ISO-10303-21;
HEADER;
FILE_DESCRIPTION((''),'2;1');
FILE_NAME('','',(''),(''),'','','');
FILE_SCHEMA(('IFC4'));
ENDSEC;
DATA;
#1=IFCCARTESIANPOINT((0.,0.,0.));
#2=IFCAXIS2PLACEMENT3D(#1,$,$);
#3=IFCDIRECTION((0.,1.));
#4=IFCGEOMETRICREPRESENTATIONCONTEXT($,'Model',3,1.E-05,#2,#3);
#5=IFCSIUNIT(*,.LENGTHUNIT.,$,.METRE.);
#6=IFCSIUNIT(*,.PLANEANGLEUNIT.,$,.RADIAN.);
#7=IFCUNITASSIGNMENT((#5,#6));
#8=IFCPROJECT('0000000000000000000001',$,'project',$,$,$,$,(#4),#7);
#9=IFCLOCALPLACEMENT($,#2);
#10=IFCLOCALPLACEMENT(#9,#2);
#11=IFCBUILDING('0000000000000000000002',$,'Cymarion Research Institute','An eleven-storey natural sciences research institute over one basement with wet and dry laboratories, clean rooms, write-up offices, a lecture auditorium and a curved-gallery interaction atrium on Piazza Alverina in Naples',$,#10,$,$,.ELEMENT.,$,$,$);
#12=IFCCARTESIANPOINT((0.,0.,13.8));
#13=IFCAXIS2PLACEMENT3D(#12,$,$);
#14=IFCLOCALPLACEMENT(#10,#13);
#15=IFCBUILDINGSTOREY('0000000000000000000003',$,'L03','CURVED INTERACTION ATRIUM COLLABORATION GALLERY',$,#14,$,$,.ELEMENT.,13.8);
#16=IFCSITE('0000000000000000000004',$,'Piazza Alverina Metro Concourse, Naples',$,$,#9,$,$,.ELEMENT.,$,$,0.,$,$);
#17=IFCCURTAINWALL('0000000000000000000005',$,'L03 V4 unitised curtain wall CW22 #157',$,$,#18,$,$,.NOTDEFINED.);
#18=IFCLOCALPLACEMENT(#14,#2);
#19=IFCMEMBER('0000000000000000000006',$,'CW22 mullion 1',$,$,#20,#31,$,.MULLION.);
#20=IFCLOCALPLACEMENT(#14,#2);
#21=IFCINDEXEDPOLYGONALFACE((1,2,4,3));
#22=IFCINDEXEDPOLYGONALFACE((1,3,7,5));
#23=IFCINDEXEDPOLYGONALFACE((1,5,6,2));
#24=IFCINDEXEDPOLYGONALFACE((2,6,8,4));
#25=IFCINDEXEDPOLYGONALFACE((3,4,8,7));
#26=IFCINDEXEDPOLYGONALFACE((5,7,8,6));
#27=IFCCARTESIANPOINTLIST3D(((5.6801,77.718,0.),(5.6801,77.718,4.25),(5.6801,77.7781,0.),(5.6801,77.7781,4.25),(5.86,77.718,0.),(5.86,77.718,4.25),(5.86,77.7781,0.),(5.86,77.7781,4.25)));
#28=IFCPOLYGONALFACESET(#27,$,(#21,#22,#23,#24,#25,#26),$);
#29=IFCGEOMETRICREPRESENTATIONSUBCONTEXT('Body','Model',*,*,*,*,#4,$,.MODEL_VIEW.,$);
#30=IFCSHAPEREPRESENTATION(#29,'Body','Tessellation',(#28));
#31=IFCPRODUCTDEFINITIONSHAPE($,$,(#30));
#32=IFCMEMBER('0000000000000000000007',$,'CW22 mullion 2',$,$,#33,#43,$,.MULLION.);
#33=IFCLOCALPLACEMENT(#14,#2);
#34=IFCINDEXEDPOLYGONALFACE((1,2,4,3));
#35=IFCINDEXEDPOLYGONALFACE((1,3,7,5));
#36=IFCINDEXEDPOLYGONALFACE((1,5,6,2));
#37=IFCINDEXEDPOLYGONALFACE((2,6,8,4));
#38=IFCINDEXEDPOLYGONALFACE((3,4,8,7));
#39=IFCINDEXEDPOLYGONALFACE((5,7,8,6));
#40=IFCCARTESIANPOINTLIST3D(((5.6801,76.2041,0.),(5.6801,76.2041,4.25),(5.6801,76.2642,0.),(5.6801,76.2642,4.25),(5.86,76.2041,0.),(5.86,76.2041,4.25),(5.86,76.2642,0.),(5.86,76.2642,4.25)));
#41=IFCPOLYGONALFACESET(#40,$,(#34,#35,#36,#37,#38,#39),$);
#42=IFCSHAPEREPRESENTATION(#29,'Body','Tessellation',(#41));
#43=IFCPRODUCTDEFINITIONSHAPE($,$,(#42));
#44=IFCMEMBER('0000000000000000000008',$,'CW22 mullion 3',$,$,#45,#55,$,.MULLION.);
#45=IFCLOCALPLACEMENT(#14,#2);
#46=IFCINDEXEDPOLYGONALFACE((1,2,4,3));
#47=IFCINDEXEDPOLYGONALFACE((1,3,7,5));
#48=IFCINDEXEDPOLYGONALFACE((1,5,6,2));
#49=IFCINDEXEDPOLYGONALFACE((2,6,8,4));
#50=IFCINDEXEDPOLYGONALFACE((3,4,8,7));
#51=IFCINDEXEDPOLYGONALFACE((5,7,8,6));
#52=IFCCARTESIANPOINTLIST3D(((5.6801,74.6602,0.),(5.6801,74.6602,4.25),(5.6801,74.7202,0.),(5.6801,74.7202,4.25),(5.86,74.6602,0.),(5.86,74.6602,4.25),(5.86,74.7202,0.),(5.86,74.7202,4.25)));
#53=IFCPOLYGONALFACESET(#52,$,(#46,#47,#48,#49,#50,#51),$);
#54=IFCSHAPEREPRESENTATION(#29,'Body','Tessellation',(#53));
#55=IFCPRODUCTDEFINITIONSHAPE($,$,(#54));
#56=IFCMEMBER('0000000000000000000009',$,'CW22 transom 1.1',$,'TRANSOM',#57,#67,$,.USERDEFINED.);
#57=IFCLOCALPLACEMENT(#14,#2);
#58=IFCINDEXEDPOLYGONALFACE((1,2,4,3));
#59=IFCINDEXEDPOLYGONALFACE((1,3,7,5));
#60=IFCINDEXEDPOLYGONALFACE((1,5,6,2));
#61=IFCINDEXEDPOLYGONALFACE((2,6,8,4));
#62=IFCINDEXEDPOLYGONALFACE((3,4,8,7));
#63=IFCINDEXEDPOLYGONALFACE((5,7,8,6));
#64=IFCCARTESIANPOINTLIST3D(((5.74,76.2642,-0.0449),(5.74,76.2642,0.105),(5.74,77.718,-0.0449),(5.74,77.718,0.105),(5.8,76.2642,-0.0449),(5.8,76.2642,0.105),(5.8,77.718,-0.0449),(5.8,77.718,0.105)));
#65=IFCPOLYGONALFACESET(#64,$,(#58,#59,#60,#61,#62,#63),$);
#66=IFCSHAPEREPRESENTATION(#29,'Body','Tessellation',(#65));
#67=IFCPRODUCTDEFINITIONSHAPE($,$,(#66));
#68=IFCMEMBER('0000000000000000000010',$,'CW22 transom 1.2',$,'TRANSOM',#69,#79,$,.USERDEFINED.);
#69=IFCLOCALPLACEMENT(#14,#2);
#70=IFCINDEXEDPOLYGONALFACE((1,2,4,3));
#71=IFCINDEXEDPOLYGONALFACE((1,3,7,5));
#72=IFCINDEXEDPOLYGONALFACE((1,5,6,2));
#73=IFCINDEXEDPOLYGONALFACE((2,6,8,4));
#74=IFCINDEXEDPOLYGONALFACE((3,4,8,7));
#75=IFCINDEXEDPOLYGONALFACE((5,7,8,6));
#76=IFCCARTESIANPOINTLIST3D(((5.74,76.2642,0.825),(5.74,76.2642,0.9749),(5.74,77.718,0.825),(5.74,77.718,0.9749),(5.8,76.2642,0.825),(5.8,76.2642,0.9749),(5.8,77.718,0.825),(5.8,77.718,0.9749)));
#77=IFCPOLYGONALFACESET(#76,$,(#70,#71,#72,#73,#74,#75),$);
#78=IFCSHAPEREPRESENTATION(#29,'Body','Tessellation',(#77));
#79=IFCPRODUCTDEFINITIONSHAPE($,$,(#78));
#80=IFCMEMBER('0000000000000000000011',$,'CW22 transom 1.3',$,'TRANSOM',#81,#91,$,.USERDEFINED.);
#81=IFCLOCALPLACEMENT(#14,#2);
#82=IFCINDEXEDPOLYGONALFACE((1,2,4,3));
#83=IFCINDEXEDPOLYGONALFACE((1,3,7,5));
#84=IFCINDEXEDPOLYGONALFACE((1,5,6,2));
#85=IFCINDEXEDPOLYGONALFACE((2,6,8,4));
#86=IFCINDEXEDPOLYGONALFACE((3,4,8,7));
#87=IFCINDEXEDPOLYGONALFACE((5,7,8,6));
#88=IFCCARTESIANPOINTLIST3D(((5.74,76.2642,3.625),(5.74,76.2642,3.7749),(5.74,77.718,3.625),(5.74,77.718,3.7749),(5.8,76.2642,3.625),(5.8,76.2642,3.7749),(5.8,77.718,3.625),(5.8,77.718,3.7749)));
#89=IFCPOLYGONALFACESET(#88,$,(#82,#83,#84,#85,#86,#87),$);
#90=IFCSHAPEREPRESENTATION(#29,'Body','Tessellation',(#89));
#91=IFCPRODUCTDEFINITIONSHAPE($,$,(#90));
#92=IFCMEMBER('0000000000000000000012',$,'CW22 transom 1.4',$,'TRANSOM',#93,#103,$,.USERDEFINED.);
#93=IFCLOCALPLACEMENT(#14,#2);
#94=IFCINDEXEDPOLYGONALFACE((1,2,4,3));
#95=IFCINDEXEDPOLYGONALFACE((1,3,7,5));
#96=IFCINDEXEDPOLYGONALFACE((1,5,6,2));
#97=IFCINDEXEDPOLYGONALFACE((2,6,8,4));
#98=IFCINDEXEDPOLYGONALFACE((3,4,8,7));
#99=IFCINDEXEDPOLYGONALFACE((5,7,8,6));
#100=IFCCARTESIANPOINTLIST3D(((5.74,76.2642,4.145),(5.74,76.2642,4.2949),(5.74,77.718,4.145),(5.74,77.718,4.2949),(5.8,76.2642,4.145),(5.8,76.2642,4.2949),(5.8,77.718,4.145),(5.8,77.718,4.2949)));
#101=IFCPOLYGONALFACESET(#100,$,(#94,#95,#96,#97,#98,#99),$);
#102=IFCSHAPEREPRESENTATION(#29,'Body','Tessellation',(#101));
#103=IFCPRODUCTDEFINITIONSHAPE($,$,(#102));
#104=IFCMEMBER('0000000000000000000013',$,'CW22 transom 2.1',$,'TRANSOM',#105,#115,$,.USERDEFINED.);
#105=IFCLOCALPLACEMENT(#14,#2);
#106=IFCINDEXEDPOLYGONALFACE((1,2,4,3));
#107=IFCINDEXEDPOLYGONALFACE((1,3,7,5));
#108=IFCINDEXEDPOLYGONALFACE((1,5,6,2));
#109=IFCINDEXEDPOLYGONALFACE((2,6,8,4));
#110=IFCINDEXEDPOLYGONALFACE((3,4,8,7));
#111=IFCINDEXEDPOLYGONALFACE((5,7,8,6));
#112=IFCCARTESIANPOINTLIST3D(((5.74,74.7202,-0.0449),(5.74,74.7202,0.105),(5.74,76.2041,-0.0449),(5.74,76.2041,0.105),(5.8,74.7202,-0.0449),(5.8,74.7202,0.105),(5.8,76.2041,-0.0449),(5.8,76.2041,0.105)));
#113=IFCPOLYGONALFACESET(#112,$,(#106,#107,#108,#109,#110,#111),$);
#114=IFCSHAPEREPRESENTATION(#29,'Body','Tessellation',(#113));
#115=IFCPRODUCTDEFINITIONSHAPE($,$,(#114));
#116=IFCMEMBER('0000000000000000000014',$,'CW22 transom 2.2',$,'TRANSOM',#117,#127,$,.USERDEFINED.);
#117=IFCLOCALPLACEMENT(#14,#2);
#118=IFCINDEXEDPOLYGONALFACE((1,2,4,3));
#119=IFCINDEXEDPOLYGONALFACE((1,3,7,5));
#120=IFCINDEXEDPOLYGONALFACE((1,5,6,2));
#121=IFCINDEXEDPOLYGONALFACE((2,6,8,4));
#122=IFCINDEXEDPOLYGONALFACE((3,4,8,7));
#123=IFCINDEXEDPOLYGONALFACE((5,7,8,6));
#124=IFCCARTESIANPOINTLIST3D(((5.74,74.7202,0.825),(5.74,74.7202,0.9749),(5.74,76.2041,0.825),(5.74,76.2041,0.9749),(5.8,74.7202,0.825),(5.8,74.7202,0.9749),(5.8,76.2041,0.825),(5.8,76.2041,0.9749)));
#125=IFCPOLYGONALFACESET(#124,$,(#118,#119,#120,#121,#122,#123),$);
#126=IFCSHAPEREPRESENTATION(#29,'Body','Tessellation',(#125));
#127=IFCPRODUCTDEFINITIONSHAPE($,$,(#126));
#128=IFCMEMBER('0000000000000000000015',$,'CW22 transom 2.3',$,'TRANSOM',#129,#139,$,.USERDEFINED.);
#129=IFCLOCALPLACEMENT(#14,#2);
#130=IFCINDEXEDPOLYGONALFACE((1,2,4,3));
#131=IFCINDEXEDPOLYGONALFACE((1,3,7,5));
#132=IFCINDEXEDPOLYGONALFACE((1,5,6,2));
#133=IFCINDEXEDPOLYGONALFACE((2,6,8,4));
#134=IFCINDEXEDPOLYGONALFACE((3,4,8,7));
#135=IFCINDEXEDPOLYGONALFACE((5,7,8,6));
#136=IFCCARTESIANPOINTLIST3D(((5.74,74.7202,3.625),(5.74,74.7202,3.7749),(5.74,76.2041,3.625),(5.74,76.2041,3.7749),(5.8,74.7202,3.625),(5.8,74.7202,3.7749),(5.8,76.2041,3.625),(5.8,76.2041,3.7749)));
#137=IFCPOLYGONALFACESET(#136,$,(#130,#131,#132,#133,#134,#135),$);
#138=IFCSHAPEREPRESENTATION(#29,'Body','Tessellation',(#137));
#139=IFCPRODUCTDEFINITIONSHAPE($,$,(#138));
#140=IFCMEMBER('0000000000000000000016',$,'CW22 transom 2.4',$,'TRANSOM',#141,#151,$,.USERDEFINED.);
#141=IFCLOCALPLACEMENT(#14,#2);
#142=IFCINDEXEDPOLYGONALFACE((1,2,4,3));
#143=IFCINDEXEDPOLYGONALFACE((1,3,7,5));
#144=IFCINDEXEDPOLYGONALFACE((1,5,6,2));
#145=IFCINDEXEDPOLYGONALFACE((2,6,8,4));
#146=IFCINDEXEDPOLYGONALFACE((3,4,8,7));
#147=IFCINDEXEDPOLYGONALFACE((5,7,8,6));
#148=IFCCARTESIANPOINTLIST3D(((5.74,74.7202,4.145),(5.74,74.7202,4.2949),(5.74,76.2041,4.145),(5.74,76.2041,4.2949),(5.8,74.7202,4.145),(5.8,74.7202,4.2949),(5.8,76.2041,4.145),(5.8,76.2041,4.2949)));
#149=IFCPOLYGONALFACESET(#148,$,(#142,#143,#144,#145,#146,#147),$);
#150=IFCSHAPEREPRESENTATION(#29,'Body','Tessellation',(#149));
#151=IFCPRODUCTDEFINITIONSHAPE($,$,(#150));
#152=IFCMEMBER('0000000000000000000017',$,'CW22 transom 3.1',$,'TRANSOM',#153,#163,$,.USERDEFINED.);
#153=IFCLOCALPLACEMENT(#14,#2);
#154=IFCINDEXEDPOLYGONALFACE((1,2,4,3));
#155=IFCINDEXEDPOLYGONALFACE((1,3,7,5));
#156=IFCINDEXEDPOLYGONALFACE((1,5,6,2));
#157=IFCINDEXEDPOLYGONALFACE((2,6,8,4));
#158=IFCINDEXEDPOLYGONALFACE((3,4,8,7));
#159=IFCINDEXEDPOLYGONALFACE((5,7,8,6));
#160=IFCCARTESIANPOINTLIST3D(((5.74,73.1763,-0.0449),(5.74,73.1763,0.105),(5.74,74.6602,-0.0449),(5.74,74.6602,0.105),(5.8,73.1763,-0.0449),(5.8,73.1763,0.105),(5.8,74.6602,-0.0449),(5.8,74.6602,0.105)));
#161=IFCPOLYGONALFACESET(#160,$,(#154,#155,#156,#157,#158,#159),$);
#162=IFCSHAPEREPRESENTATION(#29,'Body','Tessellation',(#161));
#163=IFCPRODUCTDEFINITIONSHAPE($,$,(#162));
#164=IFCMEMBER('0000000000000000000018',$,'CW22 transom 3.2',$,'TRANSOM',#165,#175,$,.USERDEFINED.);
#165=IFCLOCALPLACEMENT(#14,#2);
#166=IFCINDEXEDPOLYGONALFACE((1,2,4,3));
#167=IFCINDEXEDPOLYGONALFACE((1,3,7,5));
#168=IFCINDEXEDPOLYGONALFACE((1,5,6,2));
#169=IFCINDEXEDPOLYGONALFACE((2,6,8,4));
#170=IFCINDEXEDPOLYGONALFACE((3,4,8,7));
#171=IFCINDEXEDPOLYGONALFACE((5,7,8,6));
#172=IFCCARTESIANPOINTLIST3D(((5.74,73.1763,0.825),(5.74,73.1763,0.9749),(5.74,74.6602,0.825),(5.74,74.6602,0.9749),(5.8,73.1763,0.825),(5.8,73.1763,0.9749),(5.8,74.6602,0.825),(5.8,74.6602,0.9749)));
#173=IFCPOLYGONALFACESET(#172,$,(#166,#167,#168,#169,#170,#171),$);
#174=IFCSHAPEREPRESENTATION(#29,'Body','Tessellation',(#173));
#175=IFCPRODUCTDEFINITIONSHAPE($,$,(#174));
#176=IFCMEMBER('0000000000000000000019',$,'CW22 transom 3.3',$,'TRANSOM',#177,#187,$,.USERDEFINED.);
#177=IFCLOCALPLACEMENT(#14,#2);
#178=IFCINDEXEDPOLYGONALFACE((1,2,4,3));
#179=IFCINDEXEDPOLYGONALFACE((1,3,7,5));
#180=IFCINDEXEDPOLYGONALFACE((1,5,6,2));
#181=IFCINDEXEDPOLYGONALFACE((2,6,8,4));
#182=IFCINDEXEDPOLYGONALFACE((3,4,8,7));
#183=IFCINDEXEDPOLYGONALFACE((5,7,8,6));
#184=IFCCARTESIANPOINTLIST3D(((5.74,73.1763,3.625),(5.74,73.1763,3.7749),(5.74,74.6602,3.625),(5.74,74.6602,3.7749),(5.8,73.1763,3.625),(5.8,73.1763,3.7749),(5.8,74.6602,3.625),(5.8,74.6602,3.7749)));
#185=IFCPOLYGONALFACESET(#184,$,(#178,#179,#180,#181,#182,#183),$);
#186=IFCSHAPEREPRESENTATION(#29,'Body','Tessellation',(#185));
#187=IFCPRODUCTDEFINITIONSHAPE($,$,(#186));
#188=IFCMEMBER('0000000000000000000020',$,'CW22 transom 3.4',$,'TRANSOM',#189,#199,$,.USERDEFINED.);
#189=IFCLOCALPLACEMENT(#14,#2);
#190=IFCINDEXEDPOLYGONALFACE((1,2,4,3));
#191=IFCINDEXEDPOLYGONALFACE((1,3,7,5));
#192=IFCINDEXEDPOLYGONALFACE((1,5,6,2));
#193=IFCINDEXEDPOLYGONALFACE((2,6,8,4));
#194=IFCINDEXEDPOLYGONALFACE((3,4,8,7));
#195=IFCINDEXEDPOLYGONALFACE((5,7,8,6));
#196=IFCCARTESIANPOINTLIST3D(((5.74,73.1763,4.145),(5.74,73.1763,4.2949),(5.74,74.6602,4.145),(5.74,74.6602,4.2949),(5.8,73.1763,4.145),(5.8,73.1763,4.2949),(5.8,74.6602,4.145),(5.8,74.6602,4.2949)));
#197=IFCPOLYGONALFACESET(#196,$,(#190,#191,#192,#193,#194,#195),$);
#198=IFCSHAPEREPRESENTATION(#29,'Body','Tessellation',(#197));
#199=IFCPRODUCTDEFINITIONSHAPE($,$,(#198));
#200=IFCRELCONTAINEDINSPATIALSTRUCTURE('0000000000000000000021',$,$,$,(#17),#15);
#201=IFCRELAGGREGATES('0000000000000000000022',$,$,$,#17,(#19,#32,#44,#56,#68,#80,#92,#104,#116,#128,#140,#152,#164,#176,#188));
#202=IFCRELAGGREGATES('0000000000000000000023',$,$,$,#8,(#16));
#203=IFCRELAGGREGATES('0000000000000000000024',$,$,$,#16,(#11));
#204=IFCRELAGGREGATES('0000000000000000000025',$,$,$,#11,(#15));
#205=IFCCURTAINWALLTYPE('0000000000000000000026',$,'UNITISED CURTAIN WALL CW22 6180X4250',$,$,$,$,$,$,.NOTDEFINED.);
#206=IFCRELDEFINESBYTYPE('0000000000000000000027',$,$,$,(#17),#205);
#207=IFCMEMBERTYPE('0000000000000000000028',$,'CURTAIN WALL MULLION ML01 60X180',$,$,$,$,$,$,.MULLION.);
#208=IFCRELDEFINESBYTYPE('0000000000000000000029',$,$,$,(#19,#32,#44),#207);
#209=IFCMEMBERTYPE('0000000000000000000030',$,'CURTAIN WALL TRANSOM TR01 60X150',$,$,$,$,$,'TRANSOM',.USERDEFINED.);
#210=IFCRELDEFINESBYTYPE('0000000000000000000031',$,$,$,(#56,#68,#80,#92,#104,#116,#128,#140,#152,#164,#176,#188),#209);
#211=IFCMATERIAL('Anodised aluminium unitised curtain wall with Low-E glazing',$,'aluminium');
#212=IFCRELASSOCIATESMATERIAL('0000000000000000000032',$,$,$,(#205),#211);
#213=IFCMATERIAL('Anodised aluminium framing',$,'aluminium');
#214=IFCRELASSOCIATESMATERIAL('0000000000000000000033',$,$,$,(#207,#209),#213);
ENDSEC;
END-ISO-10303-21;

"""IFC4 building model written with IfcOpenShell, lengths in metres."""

from ifc_helpers import new_model, si_unit, direction, frame, origin, origin_2d, place, context, subcontext, project, spatial, rectangle, extrude, material, material_profile, profile_set, type_object, element, aggregate, save


model = new_model("IFC4")

# Units and contexts
model_context = context("Model", 3, precision=1e-05, world=origin(), true_north=direction((0.0, 1.0)))
body_context = subcontext(model_context, "Body", "Model", "MODEL_VIEW")
ifc_project = project(units=[si_unit("LENGTHUNIT", "METRE"), si_unit("PLANEANGLEUNIT", "RADIAN")], contexts=[model_context])

# Site, building, storey
site_placement = place(None, origin())
site = spatial("IfcSite", under=ifc_project, at=site_placement, Name="Piazza Alverina Metro Concourse, Naples", CompositionType="ELEMENT", RefElevation=0.0)
building_placement = place(site_placement, origin())
building = spatial("IfcBuilding", under=site, at=building_placement, Name="Cymarion Research Institute", Description="An eleven-storey natural sciences research institute over one basement with wet and dry laboratories, clean rooms, write-up offices, a lecture auditorium and a curved-gallery interaction atrium on Piazza Alverina in Naples", CompositionType="ELEMENT")
storey_placement = place(building_placement, frame((0.0, 0.0, 13.8)))
storey = spatial("IfcBuildingStorey", under=building, at=storey_placement, Name="L03", Description="CURVED INTERACTION ATRIUM COLLABORATION GALLERY", CompositionType="ELEMENT", Elevation=13.8)

# Curtain wall, members
ifc_material_1 = material(Name="Anodised aluminium unitised curtain wall with Low-E glazing", Category="aluminium")
curtain_wall_type = type_object("IfcCurtainWallType", Name="UNITISED CURTAIN WALL CW22 6180X4250", PredefinedType="NOTDEFINED", material=ifc_material_1)
curtain_wall_placement = place(storey_placement, origin())
curtain_wall = element("IfcCurtainWall", 1, at=curtain_wall_placement, inside=storey, type_object=curtain_wall_type, Name="L03 V4 unitised curtain wall CW22 #157", PredefinedType="NOTDEFINED")
ifc_material_2 = material(Name="Anodised aluminium framing", Category="aluminium")
ifc_material_profile_1 = material_profile(ifc_material_2, rectangle(XDim=0.0601, YDim=0.1799, at=origin_2d()), Name="ALU MULLION 60x180")
ifc_profile_set_1 = profile_set([ifc_material_profile_1], Name="Anodised aluminium framing")
member_type_1 = type_object("IfcMemberType", Name="CURTAIN WALL MULLION ML01 60X180", PredefinedType="MULLION", material=ifc_profile_set_1)
member_1_placement = place(storey_placement, frame((5.77, 77.748, 0.0), z_axis=(0.0, 0.0, 1.0), x_axis=(0.0, -1.0, 0.0)))
member_1 = element("IfcMember", 2, at=member_1_placement, type_object=member_type_1, Name="CW22 mullion 1", PredefinedType="MULLION", context=body_context, shape_type="SweptSolid", body=[
    extrude(rectangle(XDim=0.0601, YDim=0.1799, at=origin_2d()), origin(), (0.0, 0.0, 1.0), 4.25),
])
member_2_placement = place(storey_placement, frame((5.77, 76.2341, 0.0), z_axis=(0.0, 0.0, 1.0), x_axis=(0.0, -1.0, 0.0)))
member_2 = element("IfcMember", 3, at=member_2_placement, type_object=member_type_1, Name="CW22 mullion 2", PredefinedType="MULLION", context=body_context, shape_type="SweptSolid", body=[
    extrude(rectangle(XDim=0.0601, YDim=0.1799, at=origin_2d()), origin(), (0.0, 0.0, 1.0), 4.25),
])
member_3_placement = place(storey_placement, frame((5.77, 74.6902, 0.0), z_axis=(0.0, 0.0, 1.0), x_axis=(0.0, -1.0, 0.0)))
member_3 = element("IfcMember", 4, at=member_3_placement, type_object=member_type_1, Name="CW22 mullion 3", PredefinedType="MULLION", context=body_context, shape_type="SweptSolid", body=[
    extrude(rectangle(XDim=0.0601, YDim=0.1799, at=origin_2d()), origin(), (0.0, 0.0, 1.0), 4.25),
])
ifc_material_profile_2 = material_profile(ifc_material_2, rectangle(XDim=0.0601, YDim=0.1499, at=origin_2d()), Name="ALU TRANSOM 60x150")
ifc_profile_set_2 = profile_set([ifc_material_profile_2], Name="Anodised aluminium framing")
member_type_2 = type_object("IfcMemberType", Name="CURTAIN WALL TRANSOM TR01 60X150", ElementType="TRANSOM", PredefinedType="USERDEFINED", material=ifc_profile_set_2)
member_4_placement = place(storey_placement, frame((5.77, 77.718, 0.03), z_axis=(0.0, -1.0, 0.0), x_axis=(1.0, 0.0, 0.0)))
member_4 = element("IfcMember", 5, at=member_4_placement, type_object=member_type_2, Name="CW22 transom 1.1", ObjectType="TRANSOM", PredefinedType="USERDEFINED", context=body_context, shape_type="SweptSolid", body=[
    extrude(rectangle(XDim=0.0601, YDim=0.1499, at=origin_2d()), origin(), (0.0, 0.0, 1.0), 1.4539),
])
member_5_placement = place(storey_placement, frame((5.77, 77.718, 0.8999), z_axis=(0.0, -1.0, 0.0), x_axis=(1.0, 0.0, 0.0)))
member_5 = element("IfcMember", 6, at=member_5_placement, type_object=member_type_2, Name="CW22 transom 1.2", ObjectType="TRANSOM", PredefinedType="USERDEFINED", context=body_context, shape_type="SweptSolid", body=[
    extrude(rectangle(XDim=0.0601, YDim=0.1499, at=origin_2d()), origin(), (0.0, 0.0, 1.0), 1.4539),
])
member_6_placement = place(storey_placement, frame((5.77, 77.718, 3.7), z_axis=(0.0, -1.0, 0.0), x_axis=(1.0, 0.0, 0.0)))
member_6 = element("IfcMember", 7, at=member_6_placement, type_object=member_type_2, Name="CW22 transom 1.3", ObjectType="TRANSOM", PredefinedType="USERDEFINED", context=body_context, shape_type="SweptSolid", body=[
    extrude(rectangle(XDim=0.0601, YDim=0.1499, at=origin_2d()), origin(), (0.0, 0.0, 1.0), 1.4539),
])
member_7_placement = place(storey_placement, frame((5.77, 77.718, 4.22), z_axis=(0.0, -1.0, 0.0), x_axis=(1.0, 0.0, 0.0)))
member_7 = element("IfcMember", 8, at=member_7_placement, type_object=member_type_2, Name="CW22 transom 1.4", ObjectType="TRANSOM", PredefinedType="USERDEFINED", context=body_context, shape_type="SweptSolid", body=[
    extrude(rectangle(XDim=0.0601, YDim=0.1499, at=origin_2d()), origin(), (0.0, 0.0, 1.0), 1.4539),
])
member_8_placement = place(storey_placement, frame((5.77, 76.2041, 0.03), z_axis=(0.0, -1.0, 0.0), x_axis=(1.0, 0.0, 0.0)))
member_8 = element("IfcMember", 9, at=member_8_placement, type_object=member_type_2, Name="CW22 transom 2.1", ObjectType="TRANSOM", PredefinedType="USERDEFINED", context=body_context, shape_type="SweptSolid", body=[
    extrude(rectangle(XDim=0.0601, YDim=0.1499, at=origin_2d()), origin(), (0.0, 0.0, 1.0), 1.4839),
])
member_9_placement = place(storey_placement, frame((5.77, 76.2041, 0.8999), z_axis=(0.0, -1.0, 0.0), x_axis=(1.0, 0.0, 0.0)))
member_9 = element("IfcMember", 10, at=member_9_placement, type_object=member_type_2, Name="CW22 transom 2.2", ObjectType="TRANSOM", PredefinedType="USERDEFINED", context=body_context, shape_type="SweptSolid", body=[
    extrude(rectangle(XDim=0.0601, YDim=0.1499, at=origin_2d()), origin(), (0.0, 0.0, 1.0), 1.4839),
])
member_10_placement = place(storey_placement, frame((5.77, 76.2041, 3.7), z_axis=(0.0, -1.0, 0.0), x_axis=(1.0, 0.0, 0.0)))
member_10 = element("IfcMember", 11, at=member_10_placement, type_object=member_type_2, Name="CW22 transom 2.3", ObjectType="TRANSOM", PredefinedType="USERDEFINED", context=body_context, shape_type="SweptSolid", body=[
    extrude(rectangle(XDim=0.0601, YDim=0.1499, at=origin_2d()), origin(), (0.0, 0.0, 1.0), 1.4839),
])
member_11_placement = place(storey_placement, frame((5.77, 76.2041, 4.22), z_axis=(0.0, -1.0, 0.0), x_axis=(1.0, 0.0, 0.0)))
member_11 = element("IfcMember", 12, at=member_11_placement, type_object=member_type_2, Name="CW22 transom 2.4", ObjectType="TRANSOM", PredefinedType="USERDEFINED", context=body_context, shape_type="SweptSolid", body=[
    extrude(rectangle(XDim=0.0601, YDim=0.1499, at=origin_2d()), origin(), (0.0, 0.0, 1.0), 1.4839),
])
member_12_placement = place(storey_placement, frame((5.77, 74.6602, 0.03), z_axis=(0.0, -1.0, 0.0), x_axis=(1.0, 0.0, 0.0)))
member_12 = element("IfcMember", 13, at=member_12_placement, type_object=member_type_2, Name="CW22 transom 3.1", ObjectType="TRANSOM", PredefinedType="USERDEFINED", context=body_context, shape_type="SweptSolid", body=[
    extrude(rectangle(XDim=0.0601, YDim=0.1499, at=origin_2d()), origin(), (0.0, 0.0, 1.0), 1.4839),
])
member_13_placement = place(storey_placement, frame((5.77, 74.6602, 0.8999), z_axis=(0.0, -1.0, 0.0), x_axis=(1.0, 0.0, 0.0)))
member_13 = element("IfcMember", 14, at=member_13_placement, type_object=member_type_2, Name="CW22 transom 3.2", ObjectType="TRANSOM", PredefinedType="USERDEFINED", context=body_context, shape_type="SweptSolid", body=[
    extrude(rectangle(XDim=0.0601, YDim=0.1499, at=origin_2d()), origin(), (0.0, 0.0, 1.0), 1.4839),
])
member_14_placement = place(storey_placement, frame((5.77, 74.6602, 3.7), z_axis=(0.0, -1.0, 0.0), x_axis=(1.0, 0.0, 0.0)))
member_14 = element("IfcMember", 15, at=member_14_placement, type_object=member_type_2, Name="CW22 transom 3.3", ObjectType="TRANSOM", PredefinedType="USERDEFINED", context=body_context, shape_type="SweptSolid", body=[
    extrude(rectangle(XDim=0.0601, YDim=0.1499, at=origin_2d()), origin(), (0.0, 0.0, 1.0), 1.4839),
])
member_15_placement = place(storey_placement, frame((5.77, 74.6602, 4.22), z_axis=(0.0, -1.0, 0.0), x_axis=(1.0, 0.0, 0.0)))
member_15 = element("IfcMember", 16, at=member_15_placement, type_object=member_type_2, Name="CW22 transom 3.4", ObjectType="TRANSOM", PredefinedType="USERDEFINED", context=body_context, shape_type="SweptSolid", body=[
    extrude(rectangle(XDim=0.0601, YDim=0.1499, at=origin_2d()), origin(), (0.0, 0.0, 1.0), 1.4839),
])
aggregate(curtain_wall, [member_1, member_2, member_3, member_4, member_5, member_6, member_7, member_8, member_9, member_10, member_11, member_12, member_13, member_14, member_15])

save(model, "model.ifc")
